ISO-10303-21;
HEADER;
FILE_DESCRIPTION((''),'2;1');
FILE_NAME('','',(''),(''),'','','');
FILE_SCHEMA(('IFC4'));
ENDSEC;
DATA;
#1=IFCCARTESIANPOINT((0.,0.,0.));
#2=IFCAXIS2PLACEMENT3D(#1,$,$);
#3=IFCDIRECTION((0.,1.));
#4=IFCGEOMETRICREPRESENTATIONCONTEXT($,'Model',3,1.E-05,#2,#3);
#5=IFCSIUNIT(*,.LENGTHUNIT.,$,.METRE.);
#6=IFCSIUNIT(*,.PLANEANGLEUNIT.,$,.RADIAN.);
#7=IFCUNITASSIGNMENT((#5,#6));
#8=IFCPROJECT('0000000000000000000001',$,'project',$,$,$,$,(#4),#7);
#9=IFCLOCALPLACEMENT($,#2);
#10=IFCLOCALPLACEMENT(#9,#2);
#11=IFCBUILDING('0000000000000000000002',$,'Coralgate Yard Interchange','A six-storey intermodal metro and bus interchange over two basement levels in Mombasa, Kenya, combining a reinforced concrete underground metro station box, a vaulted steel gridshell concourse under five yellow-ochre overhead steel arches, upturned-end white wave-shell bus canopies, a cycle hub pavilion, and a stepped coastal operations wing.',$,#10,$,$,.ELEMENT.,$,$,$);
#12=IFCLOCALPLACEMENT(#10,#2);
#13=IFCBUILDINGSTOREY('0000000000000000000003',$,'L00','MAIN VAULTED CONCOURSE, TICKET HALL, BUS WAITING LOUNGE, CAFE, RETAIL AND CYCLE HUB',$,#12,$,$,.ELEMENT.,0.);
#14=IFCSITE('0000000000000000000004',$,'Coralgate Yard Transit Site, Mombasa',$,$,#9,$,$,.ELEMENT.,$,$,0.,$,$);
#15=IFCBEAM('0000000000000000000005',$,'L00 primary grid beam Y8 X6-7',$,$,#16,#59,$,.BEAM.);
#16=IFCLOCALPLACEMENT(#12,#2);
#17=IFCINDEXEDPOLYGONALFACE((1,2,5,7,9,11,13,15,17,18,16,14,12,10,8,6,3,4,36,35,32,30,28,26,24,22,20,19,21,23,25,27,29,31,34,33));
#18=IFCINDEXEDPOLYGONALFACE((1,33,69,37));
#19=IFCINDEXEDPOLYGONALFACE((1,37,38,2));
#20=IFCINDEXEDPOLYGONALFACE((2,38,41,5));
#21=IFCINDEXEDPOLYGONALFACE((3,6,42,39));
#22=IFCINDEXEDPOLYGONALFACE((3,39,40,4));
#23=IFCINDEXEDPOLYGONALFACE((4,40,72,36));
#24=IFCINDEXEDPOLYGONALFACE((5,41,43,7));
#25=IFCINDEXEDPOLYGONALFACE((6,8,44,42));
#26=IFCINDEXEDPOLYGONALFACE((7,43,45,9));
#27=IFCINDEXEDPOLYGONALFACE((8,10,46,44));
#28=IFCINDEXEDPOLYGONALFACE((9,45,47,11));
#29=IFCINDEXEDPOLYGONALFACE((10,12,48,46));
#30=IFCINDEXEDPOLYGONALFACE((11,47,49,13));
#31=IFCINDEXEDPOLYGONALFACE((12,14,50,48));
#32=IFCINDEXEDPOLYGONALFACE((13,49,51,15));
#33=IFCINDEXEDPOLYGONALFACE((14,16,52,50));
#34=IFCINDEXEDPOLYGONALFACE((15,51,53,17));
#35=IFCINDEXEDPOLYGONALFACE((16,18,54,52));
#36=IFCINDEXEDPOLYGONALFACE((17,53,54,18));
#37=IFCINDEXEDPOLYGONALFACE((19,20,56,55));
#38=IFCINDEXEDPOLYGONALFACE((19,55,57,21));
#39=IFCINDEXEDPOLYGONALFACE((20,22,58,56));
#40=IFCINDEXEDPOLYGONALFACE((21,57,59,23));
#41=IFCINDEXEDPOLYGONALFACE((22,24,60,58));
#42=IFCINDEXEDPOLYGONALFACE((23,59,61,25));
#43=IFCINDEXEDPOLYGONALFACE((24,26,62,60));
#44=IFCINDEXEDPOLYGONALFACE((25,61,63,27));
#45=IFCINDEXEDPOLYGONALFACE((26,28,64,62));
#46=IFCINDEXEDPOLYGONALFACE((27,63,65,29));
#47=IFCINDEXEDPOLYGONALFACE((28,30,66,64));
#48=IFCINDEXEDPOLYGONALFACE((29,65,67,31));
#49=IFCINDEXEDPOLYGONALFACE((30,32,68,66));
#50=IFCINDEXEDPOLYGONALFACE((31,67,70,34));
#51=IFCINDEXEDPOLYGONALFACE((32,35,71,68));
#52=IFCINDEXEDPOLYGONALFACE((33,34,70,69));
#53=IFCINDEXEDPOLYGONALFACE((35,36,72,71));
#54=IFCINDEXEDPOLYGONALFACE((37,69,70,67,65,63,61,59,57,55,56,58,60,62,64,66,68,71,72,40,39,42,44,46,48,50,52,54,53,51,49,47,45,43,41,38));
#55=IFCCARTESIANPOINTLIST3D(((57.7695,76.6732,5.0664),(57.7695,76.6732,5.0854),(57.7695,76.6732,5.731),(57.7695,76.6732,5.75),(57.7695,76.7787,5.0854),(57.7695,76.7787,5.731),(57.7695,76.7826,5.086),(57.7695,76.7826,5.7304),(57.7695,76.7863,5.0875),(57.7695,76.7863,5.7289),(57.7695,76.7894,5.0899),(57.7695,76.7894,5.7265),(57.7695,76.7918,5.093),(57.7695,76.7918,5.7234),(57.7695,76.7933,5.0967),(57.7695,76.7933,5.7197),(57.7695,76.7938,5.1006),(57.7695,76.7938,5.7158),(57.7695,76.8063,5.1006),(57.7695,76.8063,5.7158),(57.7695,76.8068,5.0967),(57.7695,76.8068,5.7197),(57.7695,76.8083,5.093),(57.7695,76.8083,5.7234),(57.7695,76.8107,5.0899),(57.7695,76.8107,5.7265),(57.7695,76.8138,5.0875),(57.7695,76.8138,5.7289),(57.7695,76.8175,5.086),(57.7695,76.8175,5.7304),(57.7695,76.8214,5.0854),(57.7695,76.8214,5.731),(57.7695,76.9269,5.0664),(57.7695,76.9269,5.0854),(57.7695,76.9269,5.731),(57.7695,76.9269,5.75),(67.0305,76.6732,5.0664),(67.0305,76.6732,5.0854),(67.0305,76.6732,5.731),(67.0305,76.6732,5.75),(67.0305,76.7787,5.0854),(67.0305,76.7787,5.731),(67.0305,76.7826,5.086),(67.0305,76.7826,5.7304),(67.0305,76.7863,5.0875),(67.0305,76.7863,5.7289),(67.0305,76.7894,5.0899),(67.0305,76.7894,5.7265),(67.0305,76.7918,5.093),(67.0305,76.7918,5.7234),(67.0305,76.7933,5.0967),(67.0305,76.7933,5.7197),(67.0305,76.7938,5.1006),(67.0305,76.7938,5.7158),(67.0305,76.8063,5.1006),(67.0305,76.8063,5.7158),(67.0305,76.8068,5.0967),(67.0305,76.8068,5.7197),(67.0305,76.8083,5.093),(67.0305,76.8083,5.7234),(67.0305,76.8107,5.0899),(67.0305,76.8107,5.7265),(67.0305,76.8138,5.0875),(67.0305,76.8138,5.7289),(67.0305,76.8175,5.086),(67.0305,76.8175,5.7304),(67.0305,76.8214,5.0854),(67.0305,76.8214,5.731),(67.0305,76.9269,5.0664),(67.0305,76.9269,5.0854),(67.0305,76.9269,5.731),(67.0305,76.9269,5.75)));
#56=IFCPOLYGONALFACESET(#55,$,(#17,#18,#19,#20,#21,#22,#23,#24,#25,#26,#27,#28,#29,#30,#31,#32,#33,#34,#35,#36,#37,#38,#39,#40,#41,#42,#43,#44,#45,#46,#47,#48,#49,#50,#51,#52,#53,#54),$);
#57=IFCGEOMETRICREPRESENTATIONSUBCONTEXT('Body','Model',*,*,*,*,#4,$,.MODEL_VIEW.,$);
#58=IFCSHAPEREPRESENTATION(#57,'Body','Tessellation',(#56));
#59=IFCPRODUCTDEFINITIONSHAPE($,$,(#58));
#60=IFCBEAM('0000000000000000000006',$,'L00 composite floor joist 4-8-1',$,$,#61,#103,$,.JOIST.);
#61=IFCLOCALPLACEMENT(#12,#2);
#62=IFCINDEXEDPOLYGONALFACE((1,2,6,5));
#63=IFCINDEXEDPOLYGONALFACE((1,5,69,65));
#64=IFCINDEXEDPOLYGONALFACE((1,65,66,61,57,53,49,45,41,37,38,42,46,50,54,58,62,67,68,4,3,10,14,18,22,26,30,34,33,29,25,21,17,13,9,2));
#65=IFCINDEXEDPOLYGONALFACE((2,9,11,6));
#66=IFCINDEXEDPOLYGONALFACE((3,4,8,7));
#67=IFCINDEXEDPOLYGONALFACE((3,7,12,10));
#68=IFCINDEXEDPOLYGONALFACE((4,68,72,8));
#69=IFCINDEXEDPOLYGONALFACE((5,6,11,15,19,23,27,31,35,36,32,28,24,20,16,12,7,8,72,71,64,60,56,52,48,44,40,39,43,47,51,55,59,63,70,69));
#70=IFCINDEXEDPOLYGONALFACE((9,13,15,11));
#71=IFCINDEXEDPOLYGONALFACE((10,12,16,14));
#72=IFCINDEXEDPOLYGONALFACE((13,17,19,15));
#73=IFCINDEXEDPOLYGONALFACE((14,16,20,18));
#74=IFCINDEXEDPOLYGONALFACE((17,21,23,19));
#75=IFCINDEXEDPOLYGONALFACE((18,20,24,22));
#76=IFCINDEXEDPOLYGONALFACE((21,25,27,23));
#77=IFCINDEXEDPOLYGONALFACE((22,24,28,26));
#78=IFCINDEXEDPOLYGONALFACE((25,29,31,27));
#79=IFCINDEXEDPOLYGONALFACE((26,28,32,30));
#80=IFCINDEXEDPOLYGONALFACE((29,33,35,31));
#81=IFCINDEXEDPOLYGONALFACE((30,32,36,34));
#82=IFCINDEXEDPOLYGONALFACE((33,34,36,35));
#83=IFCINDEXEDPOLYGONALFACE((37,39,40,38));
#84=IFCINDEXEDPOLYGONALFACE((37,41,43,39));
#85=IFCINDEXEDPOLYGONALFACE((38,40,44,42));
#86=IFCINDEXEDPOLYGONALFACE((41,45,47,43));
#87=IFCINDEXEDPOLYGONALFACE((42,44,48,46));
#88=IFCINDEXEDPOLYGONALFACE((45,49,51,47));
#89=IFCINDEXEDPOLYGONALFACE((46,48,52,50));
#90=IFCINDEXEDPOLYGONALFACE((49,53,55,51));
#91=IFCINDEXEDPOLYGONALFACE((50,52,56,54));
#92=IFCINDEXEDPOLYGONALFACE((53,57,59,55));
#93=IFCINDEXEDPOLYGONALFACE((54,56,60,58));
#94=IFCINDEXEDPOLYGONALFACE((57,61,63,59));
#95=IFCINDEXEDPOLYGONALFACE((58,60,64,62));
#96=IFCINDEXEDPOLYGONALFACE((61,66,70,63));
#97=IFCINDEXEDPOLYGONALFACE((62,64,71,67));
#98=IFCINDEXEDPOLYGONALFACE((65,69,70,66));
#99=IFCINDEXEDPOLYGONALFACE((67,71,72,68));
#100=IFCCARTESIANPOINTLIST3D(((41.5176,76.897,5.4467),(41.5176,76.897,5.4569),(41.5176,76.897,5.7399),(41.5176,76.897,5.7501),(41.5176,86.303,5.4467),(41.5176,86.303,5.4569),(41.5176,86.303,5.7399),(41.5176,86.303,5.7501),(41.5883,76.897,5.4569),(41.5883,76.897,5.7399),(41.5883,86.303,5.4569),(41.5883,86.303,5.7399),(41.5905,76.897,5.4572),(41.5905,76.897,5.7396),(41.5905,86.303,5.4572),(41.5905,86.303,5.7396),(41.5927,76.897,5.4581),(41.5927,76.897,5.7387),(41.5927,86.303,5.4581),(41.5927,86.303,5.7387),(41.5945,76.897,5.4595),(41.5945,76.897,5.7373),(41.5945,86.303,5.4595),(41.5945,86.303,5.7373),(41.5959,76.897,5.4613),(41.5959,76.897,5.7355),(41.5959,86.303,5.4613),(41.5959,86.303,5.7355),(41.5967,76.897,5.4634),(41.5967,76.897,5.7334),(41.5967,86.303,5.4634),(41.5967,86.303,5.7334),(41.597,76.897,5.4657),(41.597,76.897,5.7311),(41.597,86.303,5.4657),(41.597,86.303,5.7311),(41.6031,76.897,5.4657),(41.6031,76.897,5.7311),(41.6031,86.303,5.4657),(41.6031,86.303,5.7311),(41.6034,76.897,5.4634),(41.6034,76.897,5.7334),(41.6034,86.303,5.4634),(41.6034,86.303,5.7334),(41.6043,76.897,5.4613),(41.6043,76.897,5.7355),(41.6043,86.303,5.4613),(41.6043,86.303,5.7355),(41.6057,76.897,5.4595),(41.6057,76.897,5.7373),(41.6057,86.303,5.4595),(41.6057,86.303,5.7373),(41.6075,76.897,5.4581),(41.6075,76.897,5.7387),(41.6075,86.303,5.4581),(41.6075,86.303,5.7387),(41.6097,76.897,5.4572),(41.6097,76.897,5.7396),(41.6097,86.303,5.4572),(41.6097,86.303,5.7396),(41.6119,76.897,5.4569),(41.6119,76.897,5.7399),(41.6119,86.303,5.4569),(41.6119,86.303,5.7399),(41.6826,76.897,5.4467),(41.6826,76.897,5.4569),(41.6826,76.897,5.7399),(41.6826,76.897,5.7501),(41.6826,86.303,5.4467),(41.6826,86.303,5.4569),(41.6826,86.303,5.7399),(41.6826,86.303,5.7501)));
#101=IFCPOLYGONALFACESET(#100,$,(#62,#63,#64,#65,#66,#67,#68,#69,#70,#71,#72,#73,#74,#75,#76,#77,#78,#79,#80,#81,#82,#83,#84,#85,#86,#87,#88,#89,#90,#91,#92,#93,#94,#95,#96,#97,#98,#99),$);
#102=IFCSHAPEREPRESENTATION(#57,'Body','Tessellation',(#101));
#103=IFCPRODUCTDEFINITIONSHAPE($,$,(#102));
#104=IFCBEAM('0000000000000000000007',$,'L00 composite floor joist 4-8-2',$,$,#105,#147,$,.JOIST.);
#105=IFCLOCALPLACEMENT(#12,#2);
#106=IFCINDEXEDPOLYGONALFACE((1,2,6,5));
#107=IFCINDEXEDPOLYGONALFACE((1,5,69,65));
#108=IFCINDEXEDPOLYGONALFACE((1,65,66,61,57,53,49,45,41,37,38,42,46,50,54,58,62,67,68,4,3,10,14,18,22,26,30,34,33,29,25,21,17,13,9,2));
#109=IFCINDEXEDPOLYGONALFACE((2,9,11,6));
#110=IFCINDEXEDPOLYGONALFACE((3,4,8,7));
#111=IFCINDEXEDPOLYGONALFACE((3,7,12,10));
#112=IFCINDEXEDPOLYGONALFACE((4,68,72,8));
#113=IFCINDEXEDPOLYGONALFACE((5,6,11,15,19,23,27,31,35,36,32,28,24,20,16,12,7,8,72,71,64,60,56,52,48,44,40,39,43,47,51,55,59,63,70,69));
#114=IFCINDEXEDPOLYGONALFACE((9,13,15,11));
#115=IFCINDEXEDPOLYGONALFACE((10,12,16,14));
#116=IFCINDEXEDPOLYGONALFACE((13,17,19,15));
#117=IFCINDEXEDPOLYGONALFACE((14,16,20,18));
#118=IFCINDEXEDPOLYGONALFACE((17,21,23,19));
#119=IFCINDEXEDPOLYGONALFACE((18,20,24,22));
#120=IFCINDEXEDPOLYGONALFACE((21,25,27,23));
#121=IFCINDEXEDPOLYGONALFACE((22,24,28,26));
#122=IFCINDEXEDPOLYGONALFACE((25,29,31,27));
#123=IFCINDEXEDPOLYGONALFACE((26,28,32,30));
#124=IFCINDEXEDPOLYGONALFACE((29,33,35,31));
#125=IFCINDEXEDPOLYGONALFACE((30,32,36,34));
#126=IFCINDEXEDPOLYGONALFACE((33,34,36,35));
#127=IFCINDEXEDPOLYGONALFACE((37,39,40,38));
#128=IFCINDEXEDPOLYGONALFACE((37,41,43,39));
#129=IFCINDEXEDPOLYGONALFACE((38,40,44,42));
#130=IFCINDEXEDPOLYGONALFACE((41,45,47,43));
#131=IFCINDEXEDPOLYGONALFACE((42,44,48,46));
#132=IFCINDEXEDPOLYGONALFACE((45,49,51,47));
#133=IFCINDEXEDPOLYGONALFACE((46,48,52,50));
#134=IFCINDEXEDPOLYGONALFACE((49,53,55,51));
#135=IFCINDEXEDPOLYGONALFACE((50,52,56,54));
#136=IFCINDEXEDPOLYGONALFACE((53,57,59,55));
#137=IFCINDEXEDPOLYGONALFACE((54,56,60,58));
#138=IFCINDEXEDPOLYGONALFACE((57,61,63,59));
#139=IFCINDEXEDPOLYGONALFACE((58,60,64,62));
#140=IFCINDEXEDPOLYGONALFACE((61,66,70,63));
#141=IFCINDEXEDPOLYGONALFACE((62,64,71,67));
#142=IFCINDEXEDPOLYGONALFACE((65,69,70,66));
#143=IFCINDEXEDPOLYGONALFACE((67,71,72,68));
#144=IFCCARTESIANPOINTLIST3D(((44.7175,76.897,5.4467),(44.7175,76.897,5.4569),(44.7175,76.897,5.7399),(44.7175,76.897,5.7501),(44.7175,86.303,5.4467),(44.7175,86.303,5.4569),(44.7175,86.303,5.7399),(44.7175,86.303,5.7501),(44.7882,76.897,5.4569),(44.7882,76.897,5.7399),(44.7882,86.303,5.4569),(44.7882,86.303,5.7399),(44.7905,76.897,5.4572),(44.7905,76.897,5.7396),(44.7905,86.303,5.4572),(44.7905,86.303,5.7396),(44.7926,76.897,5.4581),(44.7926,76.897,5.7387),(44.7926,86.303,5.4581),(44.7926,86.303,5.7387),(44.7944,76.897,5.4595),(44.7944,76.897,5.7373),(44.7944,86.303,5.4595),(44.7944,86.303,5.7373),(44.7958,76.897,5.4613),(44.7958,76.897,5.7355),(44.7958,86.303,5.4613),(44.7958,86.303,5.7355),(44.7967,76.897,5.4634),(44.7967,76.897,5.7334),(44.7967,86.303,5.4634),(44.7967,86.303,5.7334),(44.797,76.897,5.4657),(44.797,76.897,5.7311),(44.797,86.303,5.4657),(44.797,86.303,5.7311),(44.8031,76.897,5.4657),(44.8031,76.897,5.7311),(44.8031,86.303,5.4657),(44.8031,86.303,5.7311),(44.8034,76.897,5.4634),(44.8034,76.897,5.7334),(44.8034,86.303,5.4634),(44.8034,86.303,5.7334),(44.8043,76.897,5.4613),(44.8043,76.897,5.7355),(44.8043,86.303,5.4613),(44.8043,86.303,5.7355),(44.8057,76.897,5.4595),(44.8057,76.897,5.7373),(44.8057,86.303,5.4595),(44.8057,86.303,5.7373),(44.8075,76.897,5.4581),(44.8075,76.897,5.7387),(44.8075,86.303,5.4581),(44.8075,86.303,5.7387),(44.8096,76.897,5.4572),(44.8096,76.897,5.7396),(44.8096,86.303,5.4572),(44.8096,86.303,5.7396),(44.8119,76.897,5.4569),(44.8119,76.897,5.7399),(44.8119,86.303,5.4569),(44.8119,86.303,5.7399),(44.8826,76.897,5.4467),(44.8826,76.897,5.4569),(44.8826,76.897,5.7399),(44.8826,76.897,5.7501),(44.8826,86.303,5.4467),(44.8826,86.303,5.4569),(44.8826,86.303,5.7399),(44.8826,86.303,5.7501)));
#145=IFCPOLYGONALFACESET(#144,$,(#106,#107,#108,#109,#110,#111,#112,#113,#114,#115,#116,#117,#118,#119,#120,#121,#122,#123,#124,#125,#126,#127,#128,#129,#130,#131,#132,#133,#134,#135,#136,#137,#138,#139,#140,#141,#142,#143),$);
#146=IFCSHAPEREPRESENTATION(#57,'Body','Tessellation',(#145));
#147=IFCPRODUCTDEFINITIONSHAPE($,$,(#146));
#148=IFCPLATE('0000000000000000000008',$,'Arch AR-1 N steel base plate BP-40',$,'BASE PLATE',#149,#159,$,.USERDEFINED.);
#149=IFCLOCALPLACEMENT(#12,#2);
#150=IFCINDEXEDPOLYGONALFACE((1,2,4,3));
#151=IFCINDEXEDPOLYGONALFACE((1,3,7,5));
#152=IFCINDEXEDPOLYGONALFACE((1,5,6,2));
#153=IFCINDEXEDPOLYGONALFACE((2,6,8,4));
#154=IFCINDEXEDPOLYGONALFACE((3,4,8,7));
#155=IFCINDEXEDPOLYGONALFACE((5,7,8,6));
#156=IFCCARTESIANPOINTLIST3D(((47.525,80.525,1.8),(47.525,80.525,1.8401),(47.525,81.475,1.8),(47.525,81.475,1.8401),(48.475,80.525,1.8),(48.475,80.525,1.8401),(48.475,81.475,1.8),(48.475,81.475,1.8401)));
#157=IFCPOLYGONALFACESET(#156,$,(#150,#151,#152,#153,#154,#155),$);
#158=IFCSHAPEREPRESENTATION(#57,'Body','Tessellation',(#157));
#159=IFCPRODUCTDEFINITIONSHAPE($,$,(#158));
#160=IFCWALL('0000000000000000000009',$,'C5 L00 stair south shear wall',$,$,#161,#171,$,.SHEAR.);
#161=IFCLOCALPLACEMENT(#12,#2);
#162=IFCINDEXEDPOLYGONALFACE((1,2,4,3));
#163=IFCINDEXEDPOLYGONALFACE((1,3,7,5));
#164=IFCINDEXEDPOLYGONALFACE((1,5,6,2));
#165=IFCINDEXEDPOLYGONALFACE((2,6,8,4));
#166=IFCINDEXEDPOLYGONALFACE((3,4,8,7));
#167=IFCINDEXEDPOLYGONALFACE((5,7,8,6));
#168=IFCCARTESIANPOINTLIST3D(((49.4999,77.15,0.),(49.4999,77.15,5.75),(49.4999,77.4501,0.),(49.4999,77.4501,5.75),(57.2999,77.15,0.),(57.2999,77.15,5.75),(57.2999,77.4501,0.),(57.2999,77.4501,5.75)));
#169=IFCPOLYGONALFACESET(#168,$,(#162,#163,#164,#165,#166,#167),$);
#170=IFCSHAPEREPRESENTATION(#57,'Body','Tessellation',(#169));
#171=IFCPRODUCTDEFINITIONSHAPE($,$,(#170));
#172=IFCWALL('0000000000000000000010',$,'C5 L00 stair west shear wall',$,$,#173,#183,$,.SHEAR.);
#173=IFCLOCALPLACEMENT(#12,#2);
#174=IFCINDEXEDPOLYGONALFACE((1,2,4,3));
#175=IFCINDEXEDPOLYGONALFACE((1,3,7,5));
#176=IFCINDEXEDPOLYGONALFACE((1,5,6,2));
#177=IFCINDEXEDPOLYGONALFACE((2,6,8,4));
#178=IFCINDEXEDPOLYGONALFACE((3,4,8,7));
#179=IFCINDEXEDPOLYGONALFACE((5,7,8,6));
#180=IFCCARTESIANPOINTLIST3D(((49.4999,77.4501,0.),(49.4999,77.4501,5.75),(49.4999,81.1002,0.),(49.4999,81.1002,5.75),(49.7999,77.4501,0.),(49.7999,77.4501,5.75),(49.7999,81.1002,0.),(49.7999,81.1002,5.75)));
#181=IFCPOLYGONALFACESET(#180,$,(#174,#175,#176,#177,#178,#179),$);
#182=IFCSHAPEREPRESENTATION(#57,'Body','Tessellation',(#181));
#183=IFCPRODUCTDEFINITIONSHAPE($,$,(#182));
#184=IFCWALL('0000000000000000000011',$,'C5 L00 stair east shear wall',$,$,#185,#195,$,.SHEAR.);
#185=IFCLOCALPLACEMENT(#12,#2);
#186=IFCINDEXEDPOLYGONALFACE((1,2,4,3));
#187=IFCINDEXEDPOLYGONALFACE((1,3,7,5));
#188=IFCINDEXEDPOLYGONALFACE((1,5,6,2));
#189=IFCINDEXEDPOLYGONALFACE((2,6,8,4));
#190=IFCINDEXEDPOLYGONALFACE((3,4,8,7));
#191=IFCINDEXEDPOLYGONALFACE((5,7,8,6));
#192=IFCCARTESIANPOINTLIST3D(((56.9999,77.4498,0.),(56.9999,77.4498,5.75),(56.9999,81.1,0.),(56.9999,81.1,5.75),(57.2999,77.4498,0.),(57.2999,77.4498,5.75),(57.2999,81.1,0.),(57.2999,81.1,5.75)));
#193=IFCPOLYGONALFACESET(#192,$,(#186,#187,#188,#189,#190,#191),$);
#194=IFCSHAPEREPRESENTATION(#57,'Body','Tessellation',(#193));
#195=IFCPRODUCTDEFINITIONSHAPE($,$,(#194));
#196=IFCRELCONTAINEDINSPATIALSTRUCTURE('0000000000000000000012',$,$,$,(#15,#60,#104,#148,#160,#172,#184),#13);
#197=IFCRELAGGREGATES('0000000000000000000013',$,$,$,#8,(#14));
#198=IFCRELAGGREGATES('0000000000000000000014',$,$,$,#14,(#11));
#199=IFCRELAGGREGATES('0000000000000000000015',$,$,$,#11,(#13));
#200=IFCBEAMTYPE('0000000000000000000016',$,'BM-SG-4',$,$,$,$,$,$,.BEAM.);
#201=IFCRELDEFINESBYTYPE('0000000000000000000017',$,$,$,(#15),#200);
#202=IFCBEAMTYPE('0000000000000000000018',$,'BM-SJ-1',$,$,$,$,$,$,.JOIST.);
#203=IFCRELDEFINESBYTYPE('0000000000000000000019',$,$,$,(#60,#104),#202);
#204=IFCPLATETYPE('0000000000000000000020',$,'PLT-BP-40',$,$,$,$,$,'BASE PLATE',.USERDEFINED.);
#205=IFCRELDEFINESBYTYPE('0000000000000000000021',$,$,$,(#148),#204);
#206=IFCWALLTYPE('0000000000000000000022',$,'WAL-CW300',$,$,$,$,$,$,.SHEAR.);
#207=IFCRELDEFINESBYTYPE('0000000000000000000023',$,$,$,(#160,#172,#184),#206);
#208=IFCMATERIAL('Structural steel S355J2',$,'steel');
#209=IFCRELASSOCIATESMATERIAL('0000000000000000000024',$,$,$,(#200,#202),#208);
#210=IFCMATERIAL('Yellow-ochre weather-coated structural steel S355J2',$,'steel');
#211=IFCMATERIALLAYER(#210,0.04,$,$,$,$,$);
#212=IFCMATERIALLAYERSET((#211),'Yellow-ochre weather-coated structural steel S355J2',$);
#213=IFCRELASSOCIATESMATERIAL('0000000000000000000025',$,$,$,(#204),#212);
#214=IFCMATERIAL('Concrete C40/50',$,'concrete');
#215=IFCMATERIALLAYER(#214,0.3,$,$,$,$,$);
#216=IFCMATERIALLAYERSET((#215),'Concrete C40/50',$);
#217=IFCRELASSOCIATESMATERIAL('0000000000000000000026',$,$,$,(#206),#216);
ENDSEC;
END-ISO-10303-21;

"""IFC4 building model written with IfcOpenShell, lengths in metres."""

from ifc_helpers import new_model, si_unit, direction, frame, frame_2d, origin, origin_2d, place, context, subcontext, project, spatial, rectangle, i_section, extrude, material, layer, layer_set, material_profile, profile_set, type_object, element, save


model = new_model("IFC4")

# Units and contexts
model_context = context("Model", 3, precision=1e-05, world=origin(), true_north=direction((0.0, 1.0)))
body_context = subcontext(model_context, "Body", "Model", "MODEL_VIEW")
ifc_project = project(units=[si_unit("LENGTHUNIT", "METRE"), si_unit("PLANEANGLEUNIT", "RADIAN")], contexts=[model_context])

# Site, building, storey
site_placement = place(None, origin())
site = spatial("IfcSite", under=ifc_project, at=site_placement, Name="Coralgate Yard Transit Site, Mombasa", CompositionType="ELEMENT", RefElevation=0.0)
building_placement = place(site_placement, origin())
building = spatial("IfcBuilding", under=site, at=building_placement, Name="Coralgate Yard Interchange", Description="A six-storey intermodal metro and bus interchange over two basement levels in Mombasa, Kenya, combining a reinforced concrete underground metro station box, a vaulted steel gridshell concourse under five yellow-ochre overhead steel arches, upturned-end white wave-shell bus canopies, a cycle hub pavilion, and a stepped coastal operations wing.", CompositionType="ELEMENT")
storey_placement = place(building_placement, origin())
storey = spatial("IfcBuildingStorey", under=building, at=storey_placement, Name="L00", Description="MAIN VAULTED CONCOURSE, TICKET HALL, BUS WAITING LOUNGE, CAFE, RETAIL AND CYCLE HUB", CompositionType="ELEMENT", Elevation=0.0)

# Shared definitions
ifc_material_1 = material(Name="Concrete C40/50", Category="concrete")
ifc_material_2 = material(Name="Structural steel S355J2", Category="steel")

# Beams
ifc_material_profile_1 = material_profile(ifc_material_2, i_section(OverallWidth=0.2537, OverallDepth=0.6836, WebThickness=0.0125, FlangeThickness=0.019, FilletRadius=0.0151, at=origin_2d()), Name="UB 686x254x140")
ifc_profile_set_1 = profile_set([ifc_material_profile_1], Name="Structural steel S355J2")
beam_type_1 = type_object("IfcBeamType", Name="BM-SG-4", PredefinedType="BEAM", material=ifc_profile_set_1)
for number, where, z_axis, x_axis, name in (
    (1, (57.7695, 76.8, 5.4082), (1.0, 0.0, 0.0), (0.0, 1.0, 0.0), "L00 primary grid beam Y8 X6-7"),
):
    element("IfcBeam", number, at=place(storey_placement, frame(where, z_axis=z_axis, x_axis=x_axis)), inside=storey, type_object=beam_type_1, Name=name, PredefinedType="BEAM", context=body_context, shape_type="SweptSolid", body=[
        extrude(i_section(OverallWidth=0.2537, OverallDepth=0.6836, WebThickness=0.0125, FlangeThickness=0.019, FilletRadius=0.0151, at=origin_2d()), origin(), (0.0, 0.0, 1.0), 9.261),
    ])
ifc_material_profile_2 = material_profile(ifc_material_2, i_section(OverallWidth=0.165, OverallDepth=0.3035, WebThickness=0.0061, FlangeThickness=0.0103, FilletRadius=0.0088, at=origin_2d()), Name="UB 305x165x40")
ifc_profile_set_2 = profile_set([ifc_material_profile_2], Name="Structural steel S355J2")
beam_type_2 = type_object("IfcBeamType", Name="BM-SJ-1", PredefinedType="JOIST", material=ifc_profile_set_2)
for number, where, z_axis, x_axis, name in (
    (2, (41.6001, 76.897, 5.5984), (0.0, 1.0, 0.0), (-1.0, 0.0, 0.0), "L00 composite floor joist 4-8-1"),
    (3, (44.8, 76.897, 5.5984), (0.0, 1.0, 0.0), (-1.0, 0.0, 0.0), "L00 composite floor joist 4-8-2"),
):
    element("IfcBeam", number, at=place(storey_placement, frame(where, z_axis=z_axis, x_axis=x_axis)), inside=storey, type_object=beam_type_2, Name=name, PredefinedType="JOIST", context=body_context, shape_type="SweptSolid", body=[
        extrude(i_section(OverallWidth=0.165, OverallDepth=0.3035, WebThickness=0.0061, FlangeThickness=0.0103, FilletRadius=0.0088, at=origin_2d()), origin(), (0.0, 0.0, 1.0), 9.406),
    ])

# Plate
ifc_material_3 = material(Name="Yellow-ochre weather-coated structural steel S355J2", Category="steel")
ifc_layer_1 = layer(ifc_material_3, 0.04)
ifc_layer_set_1 = layer_set([ifc_layer_1], Name="Yellow-ochre weather-coated structural steel S355J2")
plate_type = type_object("IfcPlateType", Name="PLT-BP-40", ElementType="BASE PLATE", PredefinedType="USERDEFINED", material=ifc_layer_set_1)
plate_placement = place(storey_placement, frame((48.0, 81.0, 1.8), z_axis=(0.0, 0.0, 1.0), x_axis=(1.0, 0.0, 0.0)))
element("IfcPlate", 4, at=plate_placement, inside=storey, type_object=plate_type, Name="Arch AR-1 N steel base plate BP-40", ObjectType="BASE PLATE", PredefinedType="USERDEFINED", context=body_context, shape_type="SweptSolid", body=[
    extrude(rectangle(XDim=0.95, YDim=0.95, at=origin_2d()), origin(), (0.0, 0.0, 1.0), 0.04),
])

# Walls
ifc_layer_2 = layer(ifc_material_1, 0.3)
ifc_layer_set_2 = layer_set([ifc_layer_2], Name="Concrete C40/50")
wall_type_1 = type_object("IfcWallType", Name="WAL-CW300", PredefinedType="SHEAR", material=ifc_layer_set_2)
wall_1_placement = place(storey_placement, frame((49.5, 77.3, 0.0), z_axis=(0.0, 0.0, 1.0), x_axis=(1.0, 0.0, 0.0)))
element("IfcWall", 5, at=wall_1_placement, inside=storey, type_object=wall_type_1, Name="C5 L00 stair south shear wall", PredefinedType="SHEAR", context=body_context, shape_type="SweptSolid", body=[
    extrude(rectangle(XDim=7.8, YDim=0.3, at=frame_2d((3.8999, 0.0))), origin(), (0.0, 0.0, 1.0), 5.75),
])
for number, where, z_axis, x_axis, name in (
    (6, (49.6499, 77.45, 0.0), (0.0, 0.0, 1.0), (0.0, 1.0, 0.0), "C5 L00 stair west shear wall"),
    (7, (57.1499, 81.1001, 0.0), (0.0, 0.0, 1.0), (0.0, -1.0, 0.0), "C5 L00 stair east shear wall"),
):
    element("IfcWall", number, at=place(storey_placement, frame(where, z_axis=z_axis, x_axis=x_axis)), inside=storey, type_object=wall_type_1, Name=name, PredefinedType="SHEAR", context=body_context, shape_type="SweptSolid", body=[
        extrude(rectangle(XDim=3.6501, YDim=0.3, at=frame_2d((1.8252, 0.0))), origin(), (0.0, 0.0, 1.0), 5.75),
    ])

save(model, "model.ifc")
